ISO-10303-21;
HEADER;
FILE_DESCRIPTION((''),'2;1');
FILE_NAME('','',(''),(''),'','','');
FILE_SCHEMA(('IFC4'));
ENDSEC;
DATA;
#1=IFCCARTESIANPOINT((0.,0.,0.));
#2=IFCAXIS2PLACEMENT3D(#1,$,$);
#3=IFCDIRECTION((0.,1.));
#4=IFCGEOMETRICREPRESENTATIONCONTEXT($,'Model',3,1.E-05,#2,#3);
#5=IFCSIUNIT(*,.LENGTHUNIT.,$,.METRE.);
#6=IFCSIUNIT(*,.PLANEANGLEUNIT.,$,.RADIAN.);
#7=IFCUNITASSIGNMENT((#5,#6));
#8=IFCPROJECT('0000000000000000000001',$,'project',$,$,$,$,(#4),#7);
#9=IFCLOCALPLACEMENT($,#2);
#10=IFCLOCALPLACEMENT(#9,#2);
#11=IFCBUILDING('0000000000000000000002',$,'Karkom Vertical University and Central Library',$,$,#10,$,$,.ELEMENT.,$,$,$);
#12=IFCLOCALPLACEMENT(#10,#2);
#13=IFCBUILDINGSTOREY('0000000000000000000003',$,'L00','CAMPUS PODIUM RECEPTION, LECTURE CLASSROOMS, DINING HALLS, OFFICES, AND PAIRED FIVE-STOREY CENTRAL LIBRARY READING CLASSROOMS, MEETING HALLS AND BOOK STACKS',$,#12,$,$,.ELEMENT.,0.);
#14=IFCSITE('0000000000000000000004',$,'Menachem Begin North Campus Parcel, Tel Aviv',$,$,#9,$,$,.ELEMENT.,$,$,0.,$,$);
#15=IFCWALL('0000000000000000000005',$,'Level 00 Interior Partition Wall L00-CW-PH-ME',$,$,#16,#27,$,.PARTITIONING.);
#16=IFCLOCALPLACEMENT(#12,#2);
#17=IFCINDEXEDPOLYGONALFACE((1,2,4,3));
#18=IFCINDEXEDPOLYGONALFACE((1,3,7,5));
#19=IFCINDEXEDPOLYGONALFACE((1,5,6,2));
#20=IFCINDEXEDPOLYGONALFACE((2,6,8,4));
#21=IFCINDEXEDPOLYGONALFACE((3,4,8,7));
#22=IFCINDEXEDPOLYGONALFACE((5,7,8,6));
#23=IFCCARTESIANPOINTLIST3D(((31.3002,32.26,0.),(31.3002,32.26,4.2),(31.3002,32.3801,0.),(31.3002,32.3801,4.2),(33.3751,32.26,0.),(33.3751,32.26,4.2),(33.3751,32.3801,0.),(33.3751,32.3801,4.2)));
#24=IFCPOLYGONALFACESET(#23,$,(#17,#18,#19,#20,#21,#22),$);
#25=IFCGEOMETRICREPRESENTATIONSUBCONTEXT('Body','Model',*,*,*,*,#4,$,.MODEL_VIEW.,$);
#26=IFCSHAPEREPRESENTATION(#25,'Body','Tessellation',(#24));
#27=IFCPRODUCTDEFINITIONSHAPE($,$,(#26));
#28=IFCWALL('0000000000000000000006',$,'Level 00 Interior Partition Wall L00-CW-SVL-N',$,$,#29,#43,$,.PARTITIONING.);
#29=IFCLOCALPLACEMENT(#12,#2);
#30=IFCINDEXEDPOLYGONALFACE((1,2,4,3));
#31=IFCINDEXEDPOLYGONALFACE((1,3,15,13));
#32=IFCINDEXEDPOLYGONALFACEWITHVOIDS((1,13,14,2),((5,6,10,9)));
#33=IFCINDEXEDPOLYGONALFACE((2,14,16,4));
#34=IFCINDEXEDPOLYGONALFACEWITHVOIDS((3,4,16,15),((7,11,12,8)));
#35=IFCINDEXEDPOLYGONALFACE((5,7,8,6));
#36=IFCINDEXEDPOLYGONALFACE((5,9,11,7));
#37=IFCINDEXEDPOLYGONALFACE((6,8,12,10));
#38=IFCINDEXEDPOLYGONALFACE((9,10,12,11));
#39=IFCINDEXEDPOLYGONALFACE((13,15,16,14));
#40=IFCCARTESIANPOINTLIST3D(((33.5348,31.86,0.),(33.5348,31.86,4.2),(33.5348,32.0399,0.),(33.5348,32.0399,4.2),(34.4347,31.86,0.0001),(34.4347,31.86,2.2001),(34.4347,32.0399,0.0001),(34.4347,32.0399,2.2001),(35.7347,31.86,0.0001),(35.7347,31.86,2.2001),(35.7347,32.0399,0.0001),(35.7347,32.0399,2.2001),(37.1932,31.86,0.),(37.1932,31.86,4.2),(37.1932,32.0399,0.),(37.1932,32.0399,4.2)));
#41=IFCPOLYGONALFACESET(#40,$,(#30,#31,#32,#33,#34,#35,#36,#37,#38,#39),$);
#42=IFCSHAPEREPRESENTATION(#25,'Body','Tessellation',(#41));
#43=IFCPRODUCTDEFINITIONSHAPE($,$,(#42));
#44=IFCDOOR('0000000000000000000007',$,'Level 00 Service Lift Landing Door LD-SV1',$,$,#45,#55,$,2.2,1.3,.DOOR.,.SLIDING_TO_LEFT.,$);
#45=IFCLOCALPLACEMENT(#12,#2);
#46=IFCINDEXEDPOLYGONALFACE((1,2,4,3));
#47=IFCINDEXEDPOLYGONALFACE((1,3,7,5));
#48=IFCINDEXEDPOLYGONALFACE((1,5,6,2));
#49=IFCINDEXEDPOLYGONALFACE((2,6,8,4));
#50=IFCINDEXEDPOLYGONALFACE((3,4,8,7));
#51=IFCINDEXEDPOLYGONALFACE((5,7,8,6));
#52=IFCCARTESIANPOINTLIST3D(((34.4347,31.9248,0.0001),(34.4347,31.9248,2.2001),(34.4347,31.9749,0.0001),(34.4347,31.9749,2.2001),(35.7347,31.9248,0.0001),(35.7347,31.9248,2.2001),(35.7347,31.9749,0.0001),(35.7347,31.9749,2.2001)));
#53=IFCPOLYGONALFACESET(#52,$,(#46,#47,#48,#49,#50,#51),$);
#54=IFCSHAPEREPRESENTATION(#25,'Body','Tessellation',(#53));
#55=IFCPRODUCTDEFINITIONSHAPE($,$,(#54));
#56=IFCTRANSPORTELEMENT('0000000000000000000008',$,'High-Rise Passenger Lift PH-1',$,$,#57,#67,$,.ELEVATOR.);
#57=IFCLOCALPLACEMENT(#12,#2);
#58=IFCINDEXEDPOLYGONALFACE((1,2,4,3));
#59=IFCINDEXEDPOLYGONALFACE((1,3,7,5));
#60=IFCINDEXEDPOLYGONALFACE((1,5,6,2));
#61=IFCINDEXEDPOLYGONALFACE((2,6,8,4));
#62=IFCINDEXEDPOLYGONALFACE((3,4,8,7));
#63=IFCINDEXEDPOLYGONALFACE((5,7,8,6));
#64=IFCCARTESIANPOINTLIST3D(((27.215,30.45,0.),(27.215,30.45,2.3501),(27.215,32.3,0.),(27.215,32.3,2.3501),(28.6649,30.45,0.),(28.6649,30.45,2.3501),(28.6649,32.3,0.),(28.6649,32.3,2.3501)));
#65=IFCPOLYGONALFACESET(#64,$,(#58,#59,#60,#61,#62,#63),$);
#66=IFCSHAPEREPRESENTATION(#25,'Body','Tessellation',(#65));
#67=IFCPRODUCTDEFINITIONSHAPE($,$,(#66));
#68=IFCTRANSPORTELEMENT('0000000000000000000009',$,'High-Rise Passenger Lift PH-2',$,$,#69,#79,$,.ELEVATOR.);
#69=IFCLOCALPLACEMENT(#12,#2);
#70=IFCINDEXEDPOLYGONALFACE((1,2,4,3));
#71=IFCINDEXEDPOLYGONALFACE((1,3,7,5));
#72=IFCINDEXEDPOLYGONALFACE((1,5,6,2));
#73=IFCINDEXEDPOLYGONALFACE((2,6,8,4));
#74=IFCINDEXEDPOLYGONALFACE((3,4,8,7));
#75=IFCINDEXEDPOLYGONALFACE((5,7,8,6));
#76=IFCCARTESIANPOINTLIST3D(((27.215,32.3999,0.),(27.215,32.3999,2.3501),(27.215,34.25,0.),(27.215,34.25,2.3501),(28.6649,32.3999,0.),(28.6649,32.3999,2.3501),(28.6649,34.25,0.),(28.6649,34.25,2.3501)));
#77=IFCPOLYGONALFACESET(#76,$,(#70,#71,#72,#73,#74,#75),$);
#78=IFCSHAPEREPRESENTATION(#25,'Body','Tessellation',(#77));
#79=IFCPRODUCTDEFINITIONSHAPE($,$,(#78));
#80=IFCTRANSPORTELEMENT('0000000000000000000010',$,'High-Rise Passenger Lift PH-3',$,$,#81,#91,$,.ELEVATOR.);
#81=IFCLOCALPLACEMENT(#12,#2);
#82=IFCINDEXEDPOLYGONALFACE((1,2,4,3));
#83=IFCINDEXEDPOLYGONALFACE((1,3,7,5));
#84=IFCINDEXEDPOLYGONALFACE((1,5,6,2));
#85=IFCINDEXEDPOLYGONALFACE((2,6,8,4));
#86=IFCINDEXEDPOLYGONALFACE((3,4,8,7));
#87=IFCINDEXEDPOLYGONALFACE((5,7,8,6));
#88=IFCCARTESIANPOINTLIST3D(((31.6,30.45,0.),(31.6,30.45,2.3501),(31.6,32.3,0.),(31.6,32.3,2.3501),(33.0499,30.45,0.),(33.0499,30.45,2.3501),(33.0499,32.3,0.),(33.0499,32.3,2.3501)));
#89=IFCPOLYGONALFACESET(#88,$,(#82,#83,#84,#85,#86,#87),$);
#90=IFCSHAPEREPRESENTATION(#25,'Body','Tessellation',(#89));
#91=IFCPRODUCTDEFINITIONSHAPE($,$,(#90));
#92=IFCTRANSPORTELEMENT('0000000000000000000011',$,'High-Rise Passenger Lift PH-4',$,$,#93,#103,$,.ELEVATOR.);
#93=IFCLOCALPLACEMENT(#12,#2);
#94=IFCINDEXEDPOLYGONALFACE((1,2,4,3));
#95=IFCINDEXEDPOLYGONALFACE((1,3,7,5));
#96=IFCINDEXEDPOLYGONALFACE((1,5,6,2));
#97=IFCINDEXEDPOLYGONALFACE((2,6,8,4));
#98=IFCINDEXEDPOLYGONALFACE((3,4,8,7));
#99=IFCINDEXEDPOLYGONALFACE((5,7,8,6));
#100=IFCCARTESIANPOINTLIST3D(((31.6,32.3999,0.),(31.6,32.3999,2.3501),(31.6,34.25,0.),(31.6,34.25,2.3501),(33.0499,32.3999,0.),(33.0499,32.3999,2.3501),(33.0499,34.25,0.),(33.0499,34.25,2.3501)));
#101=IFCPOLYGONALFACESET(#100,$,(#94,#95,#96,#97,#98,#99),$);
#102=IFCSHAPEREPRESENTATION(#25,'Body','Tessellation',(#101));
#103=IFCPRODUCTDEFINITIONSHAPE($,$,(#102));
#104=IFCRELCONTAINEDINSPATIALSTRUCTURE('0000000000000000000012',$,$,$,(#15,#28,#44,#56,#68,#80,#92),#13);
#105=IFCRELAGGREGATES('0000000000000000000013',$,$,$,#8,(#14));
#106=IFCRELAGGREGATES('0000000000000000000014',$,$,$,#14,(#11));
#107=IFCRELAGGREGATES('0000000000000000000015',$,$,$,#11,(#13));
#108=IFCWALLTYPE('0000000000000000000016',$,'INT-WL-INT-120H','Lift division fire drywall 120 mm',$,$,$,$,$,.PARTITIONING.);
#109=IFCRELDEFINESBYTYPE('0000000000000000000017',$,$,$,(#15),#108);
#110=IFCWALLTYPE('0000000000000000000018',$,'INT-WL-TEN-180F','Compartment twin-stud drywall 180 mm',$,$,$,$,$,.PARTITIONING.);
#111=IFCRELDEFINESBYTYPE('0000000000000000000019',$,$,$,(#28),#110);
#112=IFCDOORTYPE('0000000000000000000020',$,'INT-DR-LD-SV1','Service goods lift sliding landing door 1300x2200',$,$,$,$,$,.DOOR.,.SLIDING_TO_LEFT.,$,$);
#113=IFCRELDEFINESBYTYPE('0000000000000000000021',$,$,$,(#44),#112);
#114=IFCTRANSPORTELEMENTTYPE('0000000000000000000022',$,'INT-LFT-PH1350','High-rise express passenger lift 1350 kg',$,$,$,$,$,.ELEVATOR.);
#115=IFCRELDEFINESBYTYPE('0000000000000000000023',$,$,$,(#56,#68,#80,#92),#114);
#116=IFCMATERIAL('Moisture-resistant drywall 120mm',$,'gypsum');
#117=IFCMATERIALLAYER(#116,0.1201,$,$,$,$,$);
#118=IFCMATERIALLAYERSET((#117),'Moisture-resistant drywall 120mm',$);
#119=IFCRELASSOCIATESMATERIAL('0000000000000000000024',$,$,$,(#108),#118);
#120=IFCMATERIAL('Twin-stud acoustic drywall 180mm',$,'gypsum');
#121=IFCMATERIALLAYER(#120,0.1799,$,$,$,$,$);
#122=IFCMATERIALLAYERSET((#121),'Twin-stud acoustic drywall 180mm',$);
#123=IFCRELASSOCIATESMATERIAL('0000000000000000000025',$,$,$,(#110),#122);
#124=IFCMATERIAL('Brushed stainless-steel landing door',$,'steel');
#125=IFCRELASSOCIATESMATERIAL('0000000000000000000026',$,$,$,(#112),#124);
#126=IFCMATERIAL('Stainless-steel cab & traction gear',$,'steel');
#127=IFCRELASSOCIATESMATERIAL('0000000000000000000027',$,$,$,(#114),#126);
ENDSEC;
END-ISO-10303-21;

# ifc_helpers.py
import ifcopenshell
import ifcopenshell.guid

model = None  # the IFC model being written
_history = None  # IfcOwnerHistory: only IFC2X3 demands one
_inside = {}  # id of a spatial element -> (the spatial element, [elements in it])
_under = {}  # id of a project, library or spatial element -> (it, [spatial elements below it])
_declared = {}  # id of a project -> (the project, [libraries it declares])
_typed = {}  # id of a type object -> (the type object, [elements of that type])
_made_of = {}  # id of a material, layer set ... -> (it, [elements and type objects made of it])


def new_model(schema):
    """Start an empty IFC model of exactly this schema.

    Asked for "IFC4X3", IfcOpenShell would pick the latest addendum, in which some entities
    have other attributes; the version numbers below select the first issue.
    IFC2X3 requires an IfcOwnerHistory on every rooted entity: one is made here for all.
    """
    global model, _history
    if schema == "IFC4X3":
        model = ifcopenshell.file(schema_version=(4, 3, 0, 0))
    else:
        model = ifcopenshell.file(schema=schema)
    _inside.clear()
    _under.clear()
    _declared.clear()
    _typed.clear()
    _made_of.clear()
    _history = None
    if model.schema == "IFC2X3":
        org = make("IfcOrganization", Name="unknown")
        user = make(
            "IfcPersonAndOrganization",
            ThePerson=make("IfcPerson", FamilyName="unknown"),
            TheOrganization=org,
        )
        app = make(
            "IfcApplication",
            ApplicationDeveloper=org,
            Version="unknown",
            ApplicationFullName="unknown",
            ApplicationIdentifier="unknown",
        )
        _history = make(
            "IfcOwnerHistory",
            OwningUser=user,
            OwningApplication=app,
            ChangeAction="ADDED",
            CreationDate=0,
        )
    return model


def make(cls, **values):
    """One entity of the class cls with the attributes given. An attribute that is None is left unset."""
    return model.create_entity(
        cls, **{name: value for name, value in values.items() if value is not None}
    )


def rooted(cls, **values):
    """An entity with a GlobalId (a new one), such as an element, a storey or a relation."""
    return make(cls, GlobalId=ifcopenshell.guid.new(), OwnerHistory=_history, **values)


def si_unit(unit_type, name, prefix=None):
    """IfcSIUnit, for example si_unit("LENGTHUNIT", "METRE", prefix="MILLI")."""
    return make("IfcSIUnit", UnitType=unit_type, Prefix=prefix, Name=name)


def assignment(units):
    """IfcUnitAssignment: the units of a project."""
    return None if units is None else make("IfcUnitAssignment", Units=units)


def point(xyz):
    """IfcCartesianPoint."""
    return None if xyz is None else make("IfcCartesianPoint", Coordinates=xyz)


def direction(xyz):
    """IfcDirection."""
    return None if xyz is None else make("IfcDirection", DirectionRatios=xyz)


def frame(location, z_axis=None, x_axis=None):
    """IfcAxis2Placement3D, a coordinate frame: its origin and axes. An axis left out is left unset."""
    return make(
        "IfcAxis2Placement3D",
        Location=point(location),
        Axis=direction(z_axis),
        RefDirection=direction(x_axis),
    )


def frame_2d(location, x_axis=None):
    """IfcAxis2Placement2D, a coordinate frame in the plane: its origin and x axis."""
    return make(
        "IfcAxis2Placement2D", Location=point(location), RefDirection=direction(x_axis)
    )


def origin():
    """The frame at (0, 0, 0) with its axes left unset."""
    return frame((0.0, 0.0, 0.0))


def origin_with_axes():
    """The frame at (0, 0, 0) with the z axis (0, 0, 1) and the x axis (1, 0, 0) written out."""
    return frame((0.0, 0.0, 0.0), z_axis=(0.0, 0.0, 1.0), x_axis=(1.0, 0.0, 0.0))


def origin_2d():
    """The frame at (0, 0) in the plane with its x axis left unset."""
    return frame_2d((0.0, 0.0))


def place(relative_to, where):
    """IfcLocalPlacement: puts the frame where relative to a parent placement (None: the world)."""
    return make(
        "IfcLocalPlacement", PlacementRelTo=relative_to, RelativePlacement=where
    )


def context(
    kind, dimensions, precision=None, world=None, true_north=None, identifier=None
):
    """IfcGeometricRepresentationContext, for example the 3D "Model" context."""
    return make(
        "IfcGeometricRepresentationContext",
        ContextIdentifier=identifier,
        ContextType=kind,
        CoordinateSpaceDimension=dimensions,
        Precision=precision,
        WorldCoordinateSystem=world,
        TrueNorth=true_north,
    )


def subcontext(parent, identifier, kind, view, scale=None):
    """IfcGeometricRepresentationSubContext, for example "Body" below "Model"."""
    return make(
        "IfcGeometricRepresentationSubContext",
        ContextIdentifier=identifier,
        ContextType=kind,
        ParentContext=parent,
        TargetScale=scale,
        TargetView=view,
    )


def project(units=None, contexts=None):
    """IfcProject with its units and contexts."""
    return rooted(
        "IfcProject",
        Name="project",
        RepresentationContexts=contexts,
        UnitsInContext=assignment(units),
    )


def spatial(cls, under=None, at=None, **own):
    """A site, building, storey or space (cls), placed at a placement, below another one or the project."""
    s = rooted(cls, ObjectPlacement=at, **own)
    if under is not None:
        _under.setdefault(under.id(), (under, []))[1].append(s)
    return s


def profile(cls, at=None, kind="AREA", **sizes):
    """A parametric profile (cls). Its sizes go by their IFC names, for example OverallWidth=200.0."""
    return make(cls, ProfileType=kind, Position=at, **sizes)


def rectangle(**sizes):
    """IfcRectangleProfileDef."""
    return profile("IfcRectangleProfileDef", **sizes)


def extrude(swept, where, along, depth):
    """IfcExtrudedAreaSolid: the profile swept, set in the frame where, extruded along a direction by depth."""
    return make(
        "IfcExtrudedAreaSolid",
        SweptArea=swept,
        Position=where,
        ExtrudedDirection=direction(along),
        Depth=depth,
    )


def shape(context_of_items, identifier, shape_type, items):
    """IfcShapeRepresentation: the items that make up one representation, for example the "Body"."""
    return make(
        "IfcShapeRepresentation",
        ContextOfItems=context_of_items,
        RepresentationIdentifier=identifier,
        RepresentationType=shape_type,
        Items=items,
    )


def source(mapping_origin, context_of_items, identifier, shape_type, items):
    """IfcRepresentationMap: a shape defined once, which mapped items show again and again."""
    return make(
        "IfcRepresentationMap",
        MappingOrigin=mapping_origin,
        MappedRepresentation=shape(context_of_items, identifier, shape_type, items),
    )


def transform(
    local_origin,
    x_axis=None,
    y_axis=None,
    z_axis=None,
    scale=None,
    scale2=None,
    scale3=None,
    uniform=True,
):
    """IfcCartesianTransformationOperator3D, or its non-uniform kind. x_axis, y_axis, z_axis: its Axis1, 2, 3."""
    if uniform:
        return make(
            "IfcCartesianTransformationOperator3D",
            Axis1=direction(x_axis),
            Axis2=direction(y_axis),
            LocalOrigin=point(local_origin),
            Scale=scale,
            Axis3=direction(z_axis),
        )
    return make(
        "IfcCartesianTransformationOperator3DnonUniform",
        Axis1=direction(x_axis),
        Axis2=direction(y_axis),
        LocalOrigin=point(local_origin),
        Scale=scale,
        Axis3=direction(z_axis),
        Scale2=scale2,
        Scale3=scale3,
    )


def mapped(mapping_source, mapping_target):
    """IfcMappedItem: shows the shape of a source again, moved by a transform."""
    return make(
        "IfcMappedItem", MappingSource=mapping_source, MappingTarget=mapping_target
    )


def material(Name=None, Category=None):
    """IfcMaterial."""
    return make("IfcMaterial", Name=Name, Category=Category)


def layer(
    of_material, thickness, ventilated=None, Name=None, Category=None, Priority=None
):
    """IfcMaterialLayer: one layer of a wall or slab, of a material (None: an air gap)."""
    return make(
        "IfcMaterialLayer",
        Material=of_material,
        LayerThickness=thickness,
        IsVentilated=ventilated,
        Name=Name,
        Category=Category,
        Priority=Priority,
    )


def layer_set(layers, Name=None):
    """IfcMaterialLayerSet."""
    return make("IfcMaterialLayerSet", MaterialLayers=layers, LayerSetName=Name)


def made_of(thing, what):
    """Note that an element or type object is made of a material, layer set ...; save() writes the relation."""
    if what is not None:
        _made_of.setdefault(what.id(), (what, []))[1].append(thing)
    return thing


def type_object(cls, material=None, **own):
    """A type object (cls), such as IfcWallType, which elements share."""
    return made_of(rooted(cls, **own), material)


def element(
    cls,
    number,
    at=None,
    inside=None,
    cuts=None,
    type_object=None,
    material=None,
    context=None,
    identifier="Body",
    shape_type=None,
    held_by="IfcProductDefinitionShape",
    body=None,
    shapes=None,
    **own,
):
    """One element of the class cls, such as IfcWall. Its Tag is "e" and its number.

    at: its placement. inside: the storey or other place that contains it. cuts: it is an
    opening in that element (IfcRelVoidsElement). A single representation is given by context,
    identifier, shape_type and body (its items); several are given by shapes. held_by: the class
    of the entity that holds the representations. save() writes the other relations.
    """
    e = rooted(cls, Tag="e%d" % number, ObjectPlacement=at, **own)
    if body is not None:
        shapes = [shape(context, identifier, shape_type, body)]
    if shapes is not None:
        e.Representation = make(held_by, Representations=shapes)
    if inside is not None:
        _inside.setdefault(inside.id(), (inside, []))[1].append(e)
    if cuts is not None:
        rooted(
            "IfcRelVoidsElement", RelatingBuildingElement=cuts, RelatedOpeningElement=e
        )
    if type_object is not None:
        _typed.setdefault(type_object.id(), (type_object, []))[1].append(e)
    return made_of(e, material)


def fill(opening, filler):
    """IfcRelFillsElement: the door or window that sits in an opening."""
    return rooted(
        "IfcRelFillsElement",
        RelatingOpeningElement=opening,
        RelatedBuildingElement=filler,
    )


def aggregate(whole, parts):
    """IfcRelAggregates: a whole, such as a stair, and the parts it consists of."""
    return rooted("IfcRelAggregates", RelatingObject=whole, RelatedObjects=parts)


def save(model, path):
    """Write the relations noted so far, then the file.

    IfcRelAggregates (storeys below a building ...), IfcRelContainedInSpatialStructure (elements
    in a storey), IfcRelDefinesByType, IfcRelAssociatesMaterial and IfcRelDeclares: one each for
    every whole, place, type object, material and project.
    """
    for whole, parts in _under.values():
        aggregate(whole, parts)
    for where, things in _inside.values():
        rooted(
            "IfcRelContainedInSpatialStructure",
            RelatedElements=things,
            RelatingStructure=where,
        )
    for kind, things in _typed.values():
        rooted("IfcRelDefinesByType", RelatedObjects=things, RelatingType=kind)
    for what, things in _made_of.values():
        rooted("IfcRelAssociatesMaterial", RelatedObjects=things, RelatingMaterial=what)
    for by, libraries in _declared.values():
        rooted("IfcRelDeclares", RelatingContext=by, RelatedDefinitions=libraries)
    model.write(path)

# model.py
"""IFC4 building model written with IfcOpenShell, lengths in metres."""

from ifc_helpers import new_model, si_unit, direction, frame, frame_2d, origin, origin_with_axes, origin_2d, place, context, subcontext, project, spatial, rectangle, extrude, source, transform, mapped, material, layer, layer_set, type_object, element, fill, save


model = new_model("IFC4")

# Units and contexts
model_context = context("Model", 3, precision=1e-05, world=origin(), true_north=direction((0.0, 1.0)))
body_context = subcontext(model_context, "Body", "Model", "MODEL_VIEW")
ifc_project = project(units=[si_unit("LENGTHUNIT", "METRE"), si_unit("PLANEANGLEUNIT", "RADIAN")], contexts=[model_context])

# Site, building, storey
site_placement = place(None, origin())
site = spatial("IfcSite", under=ifc_project, at=site_placement, Name="Menachem Begin North Campus Parcel, Tel Aviv", CompositionType="ELEMENT", RefElevation=0.0)
building_placement = place(site_placement, origin())
building = spatial("IfcBuilding", under=site, at=building_placement, Name="Karkom Vertical University and Central Library", CompositionType="ELEMENT")
storey_placement = place(building_placement, origin())
storey = spatial("IfcBuildingStorey", under=building, at=storey_placement, Name="L00", Description="CAMPUS PODIUM RECEPTION, LECTURE CLASSROOMS, DINING HALLS, OFFICES, AND PAIRED FIVE-STOREY CENTRAL LIBRARY READING CLASSROOMS, MEETING HALLS AND BOOK STACKS", CompositionType="ELEMENT", Elevation=0.0)

# Wall
ifc_material_1 = material(Name="Moisture-resistant drywall 120mm", Category="gypsum")
ifc_layer_1 = layer(ifc_material_1, 0.1201)
ifc_layer_set_1 = layer_set([ifc_layer_1], Name="Moisture-resistant drywall 120mm")
wall_type_1 = type_object("IfcWallType", Name="INT-WL-INT-120H", Description="Lift division fire drywall 120 mm", PredefinedType="PARTITIONING", material=ifc_layer_set_1)
wall_1_placement = place(storey_placement, frame((31.3, 32.3201, 0.0), z_axis=(0.0, 0.0, 1.0), x_axis=(1.0, 0.0, 0.0)))
element("IfcWall", 1, at=wall_1_placement, inside=storey, type_object=wall_type_1, Name="Level 00 Interior Partition Wall L00-CW-PH-ME", PredefinedType="PARTITIONING", context=body_context, shape_type="SweptSolid", body=[
    extrude(rectangle(XDim=2.075, YDim=0.1201, at=frame_2d((1.0376, 0.0))), origin(), (0.0, 0.0, 1.0), 4.2),
])

# Wall, opening, door
ifc_material_2 = material(Name="Twin-stud acoustic drywall 180mm", Category="gypsum")
ifc_layer_2 = layer(ifc_material_2, 0.1799)
ifc_layer_set_2 = layer_set([ifc_layer_2], Name="Twin-stud acoustic drywall 180mm")
wall_type_2 = type_object("IfcWallType", Name="INT-WL-TEN-180F", Description="Compartment twin-stud drywall 180 mm", PredefinedType="PARTITIONING", material=ifc_layer_set_2)
wall_2_placement = place(storey_placement, frame((33.5349, 31.95, 0.0), z_axis=(0.0, 0.0, 1.0), x_axis=(1.0, 0.0, 0.0)))
wall_2 = element("IfcWall", 2, at=wall_2_placement, inside=storey, type_object=wall_type_2, Name="Level 00 Interior Partition Wall L00-CW-SVL-N", PredefinedType="PARTITIONING", context=body_context, shape_type="SweptSolid", body=[
    extrude(rectangle(XDim=3.6584, YDim=0.1799, at=frame_2d((1.8291, 0.0))), origin(), (0.0, 0.0, 1.0), 4.2),
])
opening_1_placement = place(wall_2_placement, frame((0.8999, 0.0, 0.0)))
opening_1 = element("IfcOpeningElement", 3, at=opening_1_placement, cuts=wall_2, PredefinedType="OPENING", context=body_context, shape_type="SweptSolid", body=[
    extrude(rectangle(XDim=1.3, YDim=2.2, at=frame_2d((0.6499, 1.1001))), frame((0.0, 0.1001, 0.0), z_axis=(0.0, -1.0, 0.0), x_axis=(1.0, 0.0, 0.0)), (0.0, 0.0, 1.0), 0.2),
])
ifc_material_3 = material(Name="Brushed stainless-steel landing door", Category="steel")
door_type_1 = type_object("IfcDoorType", Name="INT-DR-LD-SV1", Description="Service goods lift sliding landing door 1300x2200", OperationType="SLIDING_TO_LEFT", PredefinedType="DOOR", material=ifc_material_3)
shared_shape_1 = source(origin_with_axes(), body_context, "Body", "SweptSolid", [
    extrude(rectangle(XDim=1.3, YDim=2.2, at=frame_2d((0.6499, 1.1001))), frame((0.0, 0.0249, 0.0), z_axis=(0.0, -1.0, 0.0), x_axis=(1.0, 0.0, 0.0)), (0.0, 0.0, 1.0), 0.05),
])
door_1_placement = place(opening_1_placement, origin())
door_1 = element("IfcDoor", 4, at=door_1_placement, inside=storey, type_object=door_type_1, Name="Level 00 Service Lift Landing Door LD-SV1", OperationType="SLIDING_TO_LEFT", OverallHeight=2.2, OverallWidth=1.3, PredefinedType="DOOR", context=body_context, shape_type="MappedRepresentation", body=[
    mapped(shared_shape_1, transform((0.0, 0.0, 0.0), scale=1.0)),
])
fill(opening_1, door_1)

# Transport elements
ifc_material_4 = material(Name="Stainless-steel cab & traction gear", Category="steel")
transport_element_type = type_object("IfcTransportElementType", Name="INT-LFT-PH1350", Description="High-rise express passenger lift 1350 kg", PredefinedType="ELEVATOR", material=ifc_material_4)
shared_shape_2 = source(origin_with_axes(), body_context, "Body", "SweptSolid", [
    extrude(rectangle(XDim=1.45, YDim=1.8501, at=origin_2d()), origin(), (0.0, 0.0, 1.0), 2.3501),
])
for number, where, z_axis, x_axis, name in (
    (5, (27.9399, 31.375, 0.0), (0.0, 0.0, 1.0), (1.0, 0.0, 0.0), "High-Rise Passenger Lift PH-1"),
    (6, (27.9399, 33.325, 0.0), (0.0, 0.0, 1.0), (1.0, 0.0, 0.0), "High-Rise Passenger Lift PH-2"),
    (7, (32.325, 31.375, 0.0), (0.0, 0.0, 1.0), (1.0, 0.0, 0.0), "High-Rise Passenger Lift PH-3"),
    (8, (32.325, 33.325, 0.0), (0.0, 0.0, 1.0), (1.0, 0.0, 0.0), "High-Rise Passenger Lift PH-4"),
):
    element("IfcTransportElement", number, at=place(storey_placement, frame(where, z_axis=z_axis, x_axis=x_axis)), inside=storey, type_object=transport_element_type, Name=name, PredefinedType="ELEVATOR", context=body_context, shape_type="MappedRepresentation", body=[
        mapped(shared_shape_2, transform((0.0, 0.0, 0.0), scale=1.0)),
    ])

save(model, "model.ifc")
